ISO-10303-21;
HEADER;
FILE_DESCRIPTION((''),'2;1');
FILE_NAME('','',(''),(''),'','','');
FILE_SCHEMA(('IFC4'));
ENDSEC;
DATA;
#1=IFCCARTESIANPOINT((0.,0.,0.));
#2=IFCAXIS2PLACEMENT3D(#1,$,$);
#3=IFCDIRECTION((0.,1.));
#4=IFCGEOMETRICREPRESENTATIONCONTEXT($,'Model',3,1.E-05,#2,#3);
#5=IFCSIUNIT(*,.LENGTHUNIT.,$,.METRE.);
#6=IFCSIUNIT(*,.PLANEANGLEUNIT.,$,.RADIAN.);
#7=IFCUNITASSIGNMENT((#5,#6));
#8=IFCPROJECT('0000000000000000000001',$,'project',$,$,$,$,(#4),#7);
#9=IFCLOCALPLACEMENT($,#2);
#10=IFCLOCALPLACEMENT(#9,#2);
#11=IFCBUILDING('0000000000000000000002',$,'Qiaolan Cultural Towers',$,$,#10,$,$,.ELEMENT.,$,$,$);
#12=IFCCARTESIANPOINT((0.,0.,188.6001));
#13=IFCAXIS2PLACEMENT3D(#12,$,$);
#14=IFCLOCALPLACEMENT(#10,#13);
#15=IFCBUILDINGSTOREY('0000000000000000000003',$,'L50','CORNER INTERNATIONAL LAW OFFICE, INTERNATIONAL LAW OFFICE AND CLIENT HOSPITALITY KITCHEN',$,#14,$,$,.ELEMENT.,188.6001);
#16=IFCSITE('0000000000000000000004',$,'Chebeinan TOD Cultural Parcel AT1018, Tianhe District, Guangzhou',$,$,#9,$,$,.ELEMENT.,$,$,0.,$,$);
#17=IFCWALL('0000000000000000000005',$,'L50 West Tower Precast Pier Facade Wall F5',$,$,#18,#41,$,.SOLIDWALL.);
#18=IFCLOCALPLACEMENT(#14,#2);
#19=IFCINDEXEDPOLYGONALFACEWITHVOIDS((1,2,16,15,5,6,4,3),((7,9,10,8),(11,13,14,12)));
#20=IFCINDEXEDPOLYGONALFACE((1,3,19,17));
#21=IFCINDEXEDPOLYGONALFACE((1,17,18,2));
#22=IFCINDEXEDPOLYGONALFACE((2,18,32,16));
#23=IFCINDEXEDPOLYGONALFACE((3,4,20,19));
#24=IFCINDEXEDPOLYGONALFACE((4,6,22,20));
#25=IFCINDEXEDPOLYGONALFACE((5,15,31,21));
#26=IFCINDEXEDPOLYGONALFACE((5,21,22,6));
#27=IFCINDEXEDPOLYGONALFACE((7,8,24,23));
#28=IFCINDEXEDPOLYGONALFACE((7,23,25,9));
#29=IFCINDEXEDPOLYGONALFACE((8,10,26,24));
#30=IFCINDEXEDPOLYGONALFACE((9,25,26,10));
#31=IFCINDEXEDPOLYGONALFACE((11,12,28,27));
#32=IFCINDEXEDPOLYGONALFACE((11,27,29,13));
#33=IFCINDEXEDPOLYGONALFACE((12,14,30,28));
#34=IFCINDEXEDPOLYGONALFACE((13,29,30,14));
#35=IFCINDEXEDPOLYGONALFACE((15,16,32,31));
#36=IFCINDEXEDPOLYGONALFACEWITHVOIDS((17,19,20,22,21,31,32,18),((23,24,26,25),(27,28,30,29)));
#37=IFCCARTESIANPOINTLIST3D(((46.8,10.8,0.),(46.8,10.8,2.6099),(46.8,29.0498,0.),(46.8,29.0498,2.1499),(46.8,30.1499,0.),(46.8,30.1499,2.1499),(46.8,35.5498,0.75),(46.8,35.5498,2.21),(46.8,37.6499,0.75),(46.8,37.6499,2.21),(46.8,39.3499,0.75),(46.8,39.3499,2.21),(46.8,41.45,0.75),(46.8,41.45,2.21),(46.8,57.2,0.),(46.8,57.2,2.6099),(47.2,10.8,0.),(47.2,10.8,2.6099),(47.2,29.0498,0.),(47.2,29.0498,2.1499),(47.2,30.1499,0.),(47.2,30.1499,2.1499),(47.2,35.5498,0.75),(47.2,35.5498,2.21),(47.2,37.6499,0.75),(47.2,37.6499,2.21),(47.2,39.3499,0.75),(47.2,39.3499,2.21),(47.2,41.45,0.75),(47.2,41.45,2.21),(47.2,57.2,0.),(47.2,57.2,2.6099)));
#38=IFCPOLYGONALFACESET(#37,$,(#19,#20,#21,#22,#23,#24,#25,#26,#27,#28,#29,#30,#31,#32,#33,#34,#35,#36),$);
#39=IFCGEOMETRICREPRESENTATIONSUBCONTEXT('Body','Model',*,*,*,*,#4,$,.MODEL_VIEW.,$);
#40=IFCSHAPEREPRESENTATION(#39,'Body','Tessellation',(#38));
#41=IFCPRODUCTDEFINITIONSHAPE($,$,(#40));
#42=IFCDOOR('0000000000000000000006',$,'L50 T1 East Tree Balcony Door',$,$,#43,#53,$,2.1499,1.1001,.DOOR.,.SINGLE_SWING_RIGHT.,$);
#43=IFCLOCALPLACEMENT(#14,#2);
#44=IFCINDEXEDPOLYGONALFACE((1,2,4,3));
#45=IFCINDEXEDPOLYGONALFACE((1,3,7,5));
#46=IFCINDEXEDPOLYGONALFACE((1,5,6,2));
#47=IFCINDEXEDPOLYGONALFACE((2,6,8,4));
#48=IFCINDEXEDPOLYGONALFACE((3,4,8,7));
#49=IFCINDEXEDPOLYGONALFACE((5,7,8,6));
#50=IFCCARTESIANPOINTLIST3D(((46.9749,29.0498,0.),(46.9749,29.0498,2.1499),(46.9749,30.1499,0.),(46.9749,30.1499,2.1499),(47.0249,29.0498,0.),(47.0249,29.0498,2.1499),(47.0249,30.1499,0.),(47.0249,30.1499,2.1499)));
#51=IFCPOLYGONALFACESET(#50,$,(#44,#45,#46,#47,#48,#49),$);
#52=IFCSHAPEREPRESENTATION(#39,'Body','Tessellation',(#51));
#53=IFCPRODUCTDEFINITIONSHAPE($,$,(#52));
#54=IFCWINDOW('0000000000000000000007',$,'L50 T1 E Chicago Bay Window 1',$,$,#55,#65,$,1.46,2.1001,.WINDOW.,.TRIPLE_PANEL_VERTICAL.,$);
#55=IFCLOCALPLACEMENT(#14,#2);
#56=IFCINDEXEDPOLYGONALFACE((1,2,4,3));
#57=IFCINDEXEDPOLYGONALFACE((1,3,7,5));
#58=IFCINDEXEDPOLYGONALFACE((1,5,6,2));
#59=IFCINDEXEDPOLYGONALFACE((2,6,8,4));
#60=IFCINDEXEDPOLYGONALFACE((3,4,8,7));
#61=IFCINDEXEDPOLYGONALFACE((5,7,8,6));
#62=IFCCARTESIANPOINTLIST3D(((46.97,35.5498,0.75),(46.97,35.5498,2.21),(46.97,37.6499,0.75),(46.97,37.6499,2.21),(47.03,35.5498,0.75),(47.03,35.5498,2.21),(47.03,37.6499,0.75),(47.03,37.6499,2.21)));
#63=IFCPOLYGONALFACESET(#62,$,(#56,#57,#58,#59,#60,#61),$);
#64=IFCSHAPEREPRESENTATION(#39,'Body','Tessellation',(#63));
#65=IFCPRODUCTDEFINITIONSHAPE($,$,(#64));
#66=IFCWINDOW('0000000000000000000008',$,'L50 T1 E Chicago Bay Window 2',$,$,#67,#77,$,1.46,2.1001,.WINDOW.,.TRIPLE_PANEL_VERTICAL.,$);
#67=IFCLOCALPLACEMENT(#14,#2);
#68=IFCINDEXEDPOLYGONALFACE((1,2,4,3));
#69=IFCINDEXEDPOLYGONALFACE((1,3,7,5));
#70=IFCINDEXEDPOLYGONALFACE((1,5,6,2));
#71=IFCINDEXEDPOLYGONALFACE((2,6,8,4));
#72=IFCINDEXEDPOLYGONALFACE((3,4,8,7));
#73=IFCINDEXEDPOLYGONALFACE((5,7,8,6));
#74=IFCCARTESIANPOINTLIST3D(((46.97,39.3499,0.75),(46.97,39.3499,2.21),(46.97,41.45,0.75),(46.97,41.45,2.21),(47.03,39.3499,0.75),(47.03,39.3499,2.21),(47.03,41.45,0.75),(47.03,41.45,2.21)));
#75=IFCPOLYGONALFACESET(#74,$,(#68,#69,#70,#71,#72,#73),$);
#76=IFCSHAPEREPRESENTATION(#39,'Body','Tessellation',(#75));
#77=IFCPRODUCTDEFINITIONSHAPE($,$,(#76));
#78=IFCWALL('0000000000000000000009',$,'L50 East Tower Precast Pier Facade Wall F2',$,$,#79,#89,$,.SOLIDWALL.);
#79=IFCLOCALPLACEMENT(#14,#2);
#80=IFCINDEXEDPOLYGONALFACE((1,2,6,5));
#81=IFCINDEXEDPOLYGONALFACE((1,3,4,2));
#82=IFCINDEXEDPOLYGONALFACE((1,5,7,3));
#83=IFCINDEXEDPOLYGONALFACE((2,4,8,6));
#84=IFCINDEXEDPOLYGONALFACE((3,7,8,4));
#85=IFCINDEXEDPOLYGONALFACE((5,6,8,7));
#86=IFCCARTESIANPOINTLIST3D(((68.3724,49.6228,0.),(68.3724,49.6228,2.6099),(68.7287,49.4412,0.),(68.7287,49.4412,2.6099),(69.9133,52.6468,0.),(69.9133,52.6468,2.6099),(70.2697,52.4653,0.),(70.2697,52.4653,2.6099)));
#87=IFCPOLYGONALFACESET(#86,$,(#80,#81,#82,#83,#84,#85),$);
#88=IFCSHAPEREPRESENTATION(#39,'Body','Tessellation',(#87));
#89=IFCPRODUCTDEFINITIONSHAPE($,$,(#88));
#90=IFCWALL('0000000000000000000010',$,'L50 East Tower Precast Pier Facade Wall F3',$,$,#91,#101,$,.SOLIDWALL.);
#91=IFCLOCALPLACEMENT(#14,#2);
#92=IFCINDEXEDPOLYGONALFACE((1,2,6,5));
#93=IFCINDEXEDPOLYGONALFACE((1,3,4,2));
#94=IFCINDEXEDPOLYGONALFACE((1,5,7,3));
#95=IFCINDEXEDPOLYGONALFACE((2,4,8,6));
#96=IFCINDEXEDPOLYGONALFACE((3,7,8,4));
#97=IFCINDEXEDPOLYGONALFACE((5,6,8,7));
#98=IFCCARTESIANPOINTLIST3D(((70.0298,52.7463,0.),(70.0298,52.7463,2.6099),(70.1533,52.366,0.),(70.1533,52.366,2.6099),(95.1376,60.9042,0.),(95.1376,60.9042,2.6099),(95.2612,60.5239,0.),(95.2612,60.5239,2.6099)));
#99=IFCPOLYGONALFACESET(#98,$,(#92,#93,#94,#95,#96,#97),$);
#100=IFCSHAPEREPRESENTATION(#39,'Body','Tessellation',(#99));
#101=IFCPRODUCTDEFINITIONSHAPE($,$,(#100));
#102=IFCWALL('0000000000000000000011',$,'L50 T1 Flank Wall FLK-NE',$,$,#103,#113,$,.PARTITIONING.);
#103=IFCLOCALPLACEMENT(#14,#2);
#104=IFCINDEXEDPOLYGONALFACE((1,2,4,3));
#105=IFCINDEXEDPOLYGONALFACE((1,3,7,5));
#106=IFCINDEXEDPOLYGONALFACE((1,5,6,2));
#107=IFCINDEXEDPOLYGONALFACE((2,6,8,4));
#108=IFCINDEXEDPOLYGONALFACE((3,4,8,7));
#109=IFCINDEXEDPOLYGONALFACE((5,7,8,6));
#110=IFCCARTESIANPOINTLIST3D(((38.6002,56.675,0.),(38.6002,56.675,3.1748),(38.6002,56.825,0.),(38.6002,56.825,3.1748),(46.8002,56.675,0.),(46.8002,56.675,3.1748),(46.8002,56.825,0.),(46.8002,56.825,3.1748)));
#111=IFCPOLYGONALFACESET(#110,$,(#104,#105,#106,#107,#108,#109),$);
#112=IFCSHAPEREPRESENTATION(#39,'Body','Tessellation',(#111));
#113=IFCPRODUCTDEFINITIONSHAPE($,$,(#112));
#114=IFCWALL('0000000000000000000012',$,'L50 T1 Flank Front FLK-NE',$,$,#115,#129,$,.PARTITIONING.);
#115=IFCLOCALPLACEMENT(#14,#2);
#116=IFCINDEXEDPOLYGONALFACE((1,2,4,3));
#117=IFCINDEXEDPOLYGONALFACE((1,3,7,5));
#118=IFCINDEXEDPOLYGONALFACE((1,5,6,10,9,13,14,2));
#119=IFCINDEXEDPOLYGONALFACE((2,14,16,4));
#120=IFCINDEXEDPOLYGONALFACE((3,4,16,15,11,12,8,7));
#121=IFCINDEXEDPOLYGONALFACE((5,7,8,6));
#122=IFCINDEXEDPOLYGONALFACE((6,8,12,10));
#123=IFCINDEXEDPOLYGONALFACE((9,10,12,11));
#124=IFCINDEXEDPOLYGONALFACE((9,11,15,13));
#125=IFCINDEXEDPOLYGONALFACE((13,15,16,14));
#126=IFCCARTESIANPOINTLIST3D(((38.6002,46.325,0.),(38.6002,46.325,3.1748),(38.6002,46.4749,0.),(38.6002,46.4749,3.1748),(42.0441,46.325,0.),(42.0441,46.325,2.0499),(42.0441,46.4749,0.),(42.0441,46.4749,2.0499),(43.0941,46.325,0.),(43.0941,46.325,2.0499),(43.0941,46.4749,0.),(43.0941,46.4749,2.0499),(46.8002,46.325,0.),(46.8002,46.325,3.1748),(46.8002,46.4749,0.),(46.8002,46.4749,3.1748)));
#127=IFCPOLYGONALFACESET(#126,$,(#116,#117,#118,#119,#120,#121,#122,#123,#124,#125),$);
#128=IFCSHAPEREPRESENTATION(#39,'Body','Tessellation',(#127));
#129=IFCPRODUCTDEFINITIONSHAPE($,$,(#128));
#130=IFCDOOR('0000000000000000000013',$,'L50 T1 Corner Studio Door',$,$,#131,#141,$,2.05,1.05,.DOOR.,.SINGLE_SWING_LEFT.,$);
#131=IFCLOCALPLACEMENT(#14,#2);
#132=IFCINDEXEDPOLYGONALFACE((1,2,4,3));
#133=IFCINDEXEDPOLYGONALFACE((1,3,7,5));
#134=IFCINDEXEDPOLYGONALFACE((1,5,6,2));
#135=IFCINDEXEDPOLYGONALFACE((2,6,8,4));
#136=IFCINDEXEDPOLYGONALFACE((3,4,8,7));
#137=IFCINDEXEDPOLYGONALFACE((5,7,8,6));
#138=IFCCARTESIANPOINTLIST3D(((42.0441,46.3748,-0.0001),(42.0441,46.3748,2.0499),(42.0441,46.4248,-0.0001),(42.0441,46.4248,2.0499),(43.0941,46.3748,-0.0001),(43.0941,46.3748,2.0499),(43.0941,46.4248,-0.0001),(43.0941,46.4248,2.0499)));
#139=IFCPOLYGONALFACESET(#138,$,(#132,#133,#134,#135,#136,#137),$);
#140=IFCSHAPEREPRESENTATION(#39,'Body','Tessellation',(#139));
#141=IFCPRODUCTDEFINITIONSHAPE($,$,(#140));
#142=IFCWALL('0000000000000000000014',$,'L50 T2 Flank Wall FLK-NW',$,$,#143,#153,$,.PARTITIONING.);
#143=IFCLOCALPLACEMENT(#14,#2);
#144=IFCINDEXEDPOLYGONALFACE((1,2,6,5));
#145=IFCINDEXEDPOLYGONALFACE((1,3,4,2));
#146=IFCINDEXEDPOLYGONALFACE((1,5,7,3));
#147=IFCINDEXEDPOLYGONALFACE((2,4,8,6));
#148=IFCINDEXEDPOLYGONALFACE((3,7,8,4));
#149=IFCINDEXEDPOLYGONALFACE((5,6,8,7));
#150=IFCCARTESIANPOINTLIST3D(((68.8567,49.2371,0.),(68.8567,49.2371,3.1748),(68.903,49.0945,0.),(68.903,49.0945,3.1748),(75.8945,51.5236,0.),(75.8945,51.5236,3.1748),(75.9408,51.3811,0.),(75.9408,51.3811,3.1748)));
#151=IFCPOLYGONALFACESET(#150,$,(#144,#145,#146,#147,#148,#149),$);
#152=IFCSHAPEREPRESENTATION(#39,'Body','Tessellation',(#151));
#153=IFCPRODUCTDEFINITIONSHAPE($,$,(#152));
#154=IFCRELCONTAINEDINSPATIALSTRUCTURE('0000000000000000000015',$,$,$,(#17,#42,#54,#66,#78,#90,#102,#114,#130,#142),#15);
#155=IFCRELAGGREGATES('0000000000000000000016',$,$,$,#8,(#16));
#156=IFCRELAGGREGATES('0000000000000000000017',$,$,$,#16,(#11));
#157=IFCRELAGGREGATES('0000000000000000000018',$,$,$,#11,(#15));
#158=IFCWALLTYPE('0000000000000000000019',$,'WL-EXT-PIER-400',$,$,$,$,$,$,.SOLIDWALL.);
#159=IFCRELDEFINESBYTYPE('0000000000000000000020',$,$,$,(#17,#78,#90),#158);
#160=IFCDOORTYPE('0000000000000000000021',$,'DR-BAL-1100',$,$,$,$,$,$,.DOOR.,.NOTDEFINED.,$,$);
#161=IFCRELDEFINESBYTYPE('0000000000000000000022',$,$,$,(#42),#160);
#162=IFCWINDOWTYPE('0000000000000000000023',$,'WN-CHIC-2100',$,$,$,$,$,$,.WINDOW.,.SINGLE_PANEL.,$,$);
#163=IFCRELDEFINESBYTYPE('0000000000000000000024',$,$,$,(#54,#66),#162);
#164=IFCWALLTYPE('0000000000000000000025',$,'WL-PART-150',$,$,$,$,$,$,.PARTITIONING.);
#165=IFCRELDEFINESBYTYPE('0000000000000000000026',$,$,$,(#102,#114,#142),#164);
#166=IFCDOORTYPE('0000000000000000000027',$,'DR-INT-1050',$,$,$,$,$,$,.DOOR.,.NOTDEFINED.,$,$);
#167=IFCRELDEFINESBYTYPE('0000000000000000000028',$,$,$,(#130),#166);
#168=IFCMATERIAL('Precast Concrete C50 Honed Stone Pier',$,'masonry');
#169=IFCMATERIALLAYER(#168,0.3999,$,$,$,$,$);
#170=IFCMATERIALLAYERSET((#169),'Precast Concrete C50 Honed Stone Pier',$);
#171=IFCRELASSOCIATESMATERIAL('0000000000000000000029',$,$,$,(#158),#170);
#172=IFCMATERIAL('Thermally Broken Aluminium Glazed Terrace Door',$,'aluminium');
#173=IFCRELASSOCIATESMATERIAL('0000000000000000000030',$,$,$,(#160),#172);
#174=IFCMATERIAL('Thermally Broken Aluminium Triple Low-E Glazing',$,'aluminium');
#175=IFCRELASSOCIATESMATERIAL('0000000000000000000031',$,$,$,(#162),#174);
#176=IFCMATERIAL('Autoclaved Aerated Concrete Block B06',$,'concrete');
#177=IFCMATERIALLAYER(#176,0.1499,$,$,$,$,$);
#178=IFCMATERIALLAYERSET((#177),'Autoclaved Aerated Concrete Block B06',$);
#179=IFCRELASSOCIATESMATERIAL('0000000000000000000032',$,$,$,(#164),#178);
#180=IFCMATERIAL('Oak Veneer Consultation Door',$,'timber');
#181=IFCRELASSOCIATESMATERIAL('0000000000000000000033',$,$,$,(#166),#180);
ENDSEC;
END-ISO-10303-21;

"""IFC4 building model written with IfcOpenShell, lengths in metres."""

from ifc_helpers import new_model, si_unit, direction, frame, frame_2d, origin, place, context, subcontext, project, spatial, rectangle, extrude, material, layer, layer_set, type_object, element, fill, save


model = new_model("IFC4")

# Units and contexts
model_context = context("Model", 3, precision=1e-05, world=origin(), true_north=direction((0.0, 1.0)))
body_context = subcontext(model_context, "Body", "Model", "MODEL_VIEW")
ifc_project = project(units=[si_unit("LENGTHUNIT", "METRE"), si_unit("PLANEANGLEUNIT", "RADIAN")], contexts=[model_context])

# Site, building, storey
site_placement = place(None, origin())
site = spatial("IfcSite", under=ifc_project, at=site_placement, Name="Chebeinan TOD Cultural Parcel AT1018, Tianhe District, Guangzhou", CompositionType="ELEMENT", RefElevation=0.0)
building_placement = place(site_placement, origin())
building = spatial("IfcBuilding", under=site, at=building_placement, Name="Qiaolan Cultural Towers", CompositionType="ELEMENT")
storey_placement = place(building_placement, frame((0.0, 0.0, 188.6001)))
storey = spatial("IfcBuildingStorey", under=building, at=storey_placement, Name="L50", Description="CORNER INTERNATIONAL LAW OFFICE, INTERNATIONAL LAW OFFICE AND CLIENT HOSPITALITY KITCHEN", CompositionType="ELEMENT", Elevation=188.6001)

# Shared definitions
ifc_material_1 = material(Name="Precast Concrete C50 Honed Stone Pier", Category="masonry")
ifc_layer_1 = layer(ifc_material_1, 0.3999)
ifc_layer_set_1 = layer_set([ifc_layer_1], Name="Precast Concrete C50 Honed Stone Pier")
wall_type_1 = type_object("IfcWallType", Name="WL-EXT-PIER-400", PredefinedType="SOLIDWALL", material=ifc_layer_set_1)

# Wall, openings, door, windows
wall_1_placement = place(storey_placement, frame((47.0, 57.2, 0.0), z_axis=(0.0, 0.0, 1.0), x_axis=(0.0, -1.0, 0.0)))
wall_1 = element("IfcWall", 1, at=wall_1_placement, inside=storey, type_object=wall_type_1, Name="L50 West Tower Precast Pier Facade Wall F5", PredefinedType="SOLIDWALL", context=body_context, shape_type="SweptSolid", body=[
    extrude(rectangle(XDim=46.3999, YDim=0.3999, at=frame_2d((23.2, 0.0))), origin(), (0.0, 0.0, 1.0), 2.6099),
])
opening_1_placement = place(wall_1_placement, frame((19.55, 0.0, 0.75)))
opening_1 = element("IfcOpeningElement", 2, at=opening_1_placement, cuts=wall_1, PredefinedType="OPENING", context=body_context, shape_type="SweptSolid", body=[
    extrude(rectangle(XDim=2.1001, YDim=1.46, at=frame_2d((1.05, 0.73))), frame((0.0, 0.21, 0.0), z_axis=(0.0, -1.0, 0.0), x_axis=(1.0, 0.0, 0.0)), (0.0, 0.0, 1.0), 0.4199),
])
opening_2_placement = place(wall_1_placement, frame((15.75, 0.0, 0.75)))
opening_2 = element("IfcOpeningElement", 3, at=opening_2_placement, cuts=wall_1, PredefinedType="OPENING", context=body_context, shape_type="SweptSolid", body=[
    extrude(rectangle(XDim=2.1001, YDim=1.46, at=frame_2d((1.05, 0.73))), frame((0.0, 0.21, 0.0), z_axis=(0.0, -1.0, 0.0), x_axis=(1.0, 0.0, 0.0)), (0.0, 0.0, 1.0), 0.4199),
])
opening_3_placement = place(wall_1_placement, frame((27.05, 0.0, 0.0)))
opening_3 = element("IfcOpeningElement", 4, at=opening_3_placement, cuts=wall_1, PredefinedType="OPENING", context=body_context, shape_type="SweptSolid", body=[
    extrude(rectangle(XDim=1.1001, YDim=2.1499, at=frame_2d((0.55, 1.075))), frame((0.0, 0.21, 0.0), z_axis=(0.0, -1.0, 0.0), x_axis=(1.0, 0.0, 0.0)), (0.0, 0.0, 1.0), 0.4199),
])
ifc_material_2 = material(Name="Thermally Broken Aluminium Glazed Terrace Door", Category="aluminium")
door_type_1 = type_object("IfcDoorType", Name="DR-BAL-1100", OperationType="NOTDEFINED", PredefinedType="DOOR", material=ifc_material_2)
door_1_placement = place(opening_3_placement, origin())
door_1 = element("IfcDoor", 5, at=door_1_placement, inside=storey, type_object=door_type_1, Name="L50 T1 East Tree Balcony Door", OperationType="SINGLE_SWING_RIGHT", OverallHeight=2.1499, OverallWidth=1.1001, PredefinedType="DOOR", context=body_context, shape_type="SweptSolid", body=[
    extrude(rectangle(XDim=1.1001, YDim=2.1499, at=frame_2d((0.55, 1.075))), frame((0.0, 0.0249, 0.0), z_axis=(0.0, -1.0, 0.0), x_axis=(1.0, 0.0, 0.0)), (0.0, 0.0, 1.0), 0.05),
])
fill(opening_3, door_1)
ifc_material_3 = material(Name="Thermally Broken Aluminium Triple Low-E Glazing", Category="aluminium")
window_type = type_object("IfcWindowType", Name="WN-CHIC-2100", PartitioningType="SINGLE_PANEL", PredefinedType="WINDOW", material=ifc_material_3)
window_1_placement = place(opening_1_placement, origin())
window_1 = element("IfcWindow", 6, at=window_1_placement, inside=storey, type_object=window_type, Name="L50 T1 E Chicago Bay Window 1", OverallHeight=1.46, OverallWidth=2.1001, PartitioningType="TRIPLE_PANEL_VERTICAL", PredefinedType="WINDOW", context=body_context, shape_type="SweptSolid", body=[
    extrude(rectangle(XDim=2.1001, YDim=1.46, at=frame_2d((1.05, 0.73))), frame((0.0, 0.03, 0.0), z_axis=(0.0, -1.0, 0.0), x_axis=(1.0, 0.0, 0.0)), (0.0, 0.0, 1.0), 0.0601),
])
fill(opening_1, window_1)
window_2_placement = place(opening_2_placement, origin())
window_2 = element("IfcWindow", 7, at=window_2_placement, inside=storey, type_object=window_type, Name="L50 T1 E Chicago Bay Window 2", OverallHeight=1.46, OverallWidth=2.1001, PartitioningType="TRIPLE_PANEL_VERTICAL", PredefinedType="WINDOW", context=body_context, shape_type="SweptSolid", body=[
    extrude(rectangle(XDim=2.1001, YDim=1.46, at=frame_2d((1.05, 0.73))), frame((0.0, 0.03, 0.0), z_axis=(0.0, -1.0, 0.0), x_axis=(1.0, 0.0, 0.0)), (0.0, 0.0, 1.0), 0.0601),
])
fill(opening_2, window_2)

# Walls
wall_2_placement = place(storey_placement, frame((68.5505, 49.532, 0.0), z_axis=(0.0, 0.0, 1.0), x_axis=(0.45402, 0.890992, 0.0)))
element("IfcWall", 8, at=wall_2_placement, inside=storey, type_object=wall_type_1, Name="L50 East Tower Precast Pier Facade Wall F2", PredefinedType="SOLIDWALL", context=body_context, shape_type="SweptSolid", body=[
    extrude(rectangle(XDim=3.394, YDim=0.3999, at=frame_2d((1.697, 0.0))), origin(), (0.0, 0.0, 1.0), 2.6099),
])
wall_3_placement = place(storey_placement, frame((70.0916, 52.5562, 0.0), z_axis=(0.0, 0.0, 1.0), x_axis=(0.951058, 0.309014, 0.0)))
element("IfcWall", 9, at=wall_3_placement, inside=storey, type_object=wall_type_1, Name="L50 East Tower Precast Pier Facade Wall F3", PredefinedType="SOLIDWALL", context=body_context, shape_type="SweptSolid", body=[
    extrude(rectangle(XDim=26.3999, YDim=0.3999, at=frame_2d((13.2, 0.0))), origin(), (0.0, 0.0, 1.0), 2.6099),
])
ifc_material_4 = material(Name="Autoclaved Aerated Concrete Block B06", Category="concrete")
ifc_layer_2 = layer(ifc_material_4, 0.1499)
ifc_layer_set_2 = layer_set([ifc_layer_2], Name="Autoclaved Aerated Concrete Block B06")
wall_type_2 = type_object("IfcWallType", Name="WL-PART-150", PredefinedType="PARTITIONING", material=ifc_layer_set_2)
wall_4_placement = place(storey_placement, frame((38.6001, 56.75, 0.0), z_axis=(0.0, 0.0, 1.0), x_axis=(1.0, 0.0, 0.0)))
element("IfcWall", 10, at=wall_4_placement, inside=storey, type_object=wall_type_2, Name="L50 T1 Flank Wall FLK-NE", PredefinedType="PARTITIONING", context=body_context, shape_type="SweptSolid", body=[
    extrude(rectangle(XDim=8.2, YDim=0.1499, at=frame_2d((4.1001, 0.0))), origin(), (0.0, 0.0, 1.0), 3.1748),
])

# Wall, opening, door
wall_5_placement = place(storey_placement, frame((38.6001, 46.3999, 0.0), z_axis=(0.0, 0.0, 1.0), x_axis=(1.0, 0.0, 0.0)))
wall_5 = element("IfcWall", 11, at=wall_5_placement, inside=storey, type_object=wall_type_2, Name="L50 T1 Flank Front FLK-NE", PredefinedType="PARTITIONING", context=body_context, shape_type="SweptSolid", body=[
    extrude(rectangle(XDim=8.2, YDim=0.1499, at=frame_2d((4.1001, 0.0))), origin(), (0.0, 0.0, 1.0), 3.1748),
])
opening_4_placement = place(wall_5_placement, frame((3.4441, 0.0, 0.0)))
opening_4 = element("IfcOpeningElement", 12, at=opening_4_placement, cuts=wall_5, PredefinedType="OPENING", context=body_context, shape_type="SweptSolid", body=[
    extrude(rectangle(XDim=1.05, YDim=2.05, at=frame_2d((0.5249, 1.0249))), frame((0.0, 0.085, 0.0), z_axis=(0.0, -1.0, 0.0), x_axis=(1.0, 0.0, 0.0)), (0.0, 0.0, 1.0), 0.1699),
])
ifc_material_5 = material(Name="Oak Veneer Consultation Door", Category="timber")
door_type_2 = type_object("IfcDoorType", Name="DR-INT-1050", OperationType="NOTDEFINED", PredefinedType="DOOR", material=ifc_material_5)
door_2_placement = place(opening_4_placement, origin())
door_2 = element("IfcDoor", 13, at=door_2_placement, inside=storey, type_object=door_type_2, Name="L50 T1 Corner Studio Door", OperationType="SINGLE_SWING_LEFT", OverallHeight=2.05, OverallWidth=1.05, PredefinedType="DOOR", context=body_context, shape_type="SweptSolid", body=[
    extrude(rectangle(XDim=1.05, YDim=2.05, at=frame_2d((0.5249, 1.0249))), frame((0.0, 0.0249, 0.0), z_axis=(0.0, -1.0, 0.0), x_axis=(1.0, 0.0, 0.0)), (0.0, 0.0, 1.0), 0.05),
])
fill(opening_4, door_2)

# Wall
wall_6_placement = place(storey_placement, frame((68.8799, 49.1658, 0.0), z_axis=(0.0, 0.0, 1.0), x_axis=(0.951061, 0.309003, 0.0)))
element("IfcWall", 14, at=wall_6_placement, inside=storey, type_object=wall_type_2, Name="L50 T2 Flank Wall FLK-NW", PredefinedType="PARTITIONING", context=body_context, shape_type="SweptSolid", body=[
    extrude(rectangle(XDim=7.3999, YDim=0.1499, at=frame_2d((3.7, 0.0))), origin(), (0.0, 0.0, 1.0), 3.1748),
])

save(model, "model.ifc")
